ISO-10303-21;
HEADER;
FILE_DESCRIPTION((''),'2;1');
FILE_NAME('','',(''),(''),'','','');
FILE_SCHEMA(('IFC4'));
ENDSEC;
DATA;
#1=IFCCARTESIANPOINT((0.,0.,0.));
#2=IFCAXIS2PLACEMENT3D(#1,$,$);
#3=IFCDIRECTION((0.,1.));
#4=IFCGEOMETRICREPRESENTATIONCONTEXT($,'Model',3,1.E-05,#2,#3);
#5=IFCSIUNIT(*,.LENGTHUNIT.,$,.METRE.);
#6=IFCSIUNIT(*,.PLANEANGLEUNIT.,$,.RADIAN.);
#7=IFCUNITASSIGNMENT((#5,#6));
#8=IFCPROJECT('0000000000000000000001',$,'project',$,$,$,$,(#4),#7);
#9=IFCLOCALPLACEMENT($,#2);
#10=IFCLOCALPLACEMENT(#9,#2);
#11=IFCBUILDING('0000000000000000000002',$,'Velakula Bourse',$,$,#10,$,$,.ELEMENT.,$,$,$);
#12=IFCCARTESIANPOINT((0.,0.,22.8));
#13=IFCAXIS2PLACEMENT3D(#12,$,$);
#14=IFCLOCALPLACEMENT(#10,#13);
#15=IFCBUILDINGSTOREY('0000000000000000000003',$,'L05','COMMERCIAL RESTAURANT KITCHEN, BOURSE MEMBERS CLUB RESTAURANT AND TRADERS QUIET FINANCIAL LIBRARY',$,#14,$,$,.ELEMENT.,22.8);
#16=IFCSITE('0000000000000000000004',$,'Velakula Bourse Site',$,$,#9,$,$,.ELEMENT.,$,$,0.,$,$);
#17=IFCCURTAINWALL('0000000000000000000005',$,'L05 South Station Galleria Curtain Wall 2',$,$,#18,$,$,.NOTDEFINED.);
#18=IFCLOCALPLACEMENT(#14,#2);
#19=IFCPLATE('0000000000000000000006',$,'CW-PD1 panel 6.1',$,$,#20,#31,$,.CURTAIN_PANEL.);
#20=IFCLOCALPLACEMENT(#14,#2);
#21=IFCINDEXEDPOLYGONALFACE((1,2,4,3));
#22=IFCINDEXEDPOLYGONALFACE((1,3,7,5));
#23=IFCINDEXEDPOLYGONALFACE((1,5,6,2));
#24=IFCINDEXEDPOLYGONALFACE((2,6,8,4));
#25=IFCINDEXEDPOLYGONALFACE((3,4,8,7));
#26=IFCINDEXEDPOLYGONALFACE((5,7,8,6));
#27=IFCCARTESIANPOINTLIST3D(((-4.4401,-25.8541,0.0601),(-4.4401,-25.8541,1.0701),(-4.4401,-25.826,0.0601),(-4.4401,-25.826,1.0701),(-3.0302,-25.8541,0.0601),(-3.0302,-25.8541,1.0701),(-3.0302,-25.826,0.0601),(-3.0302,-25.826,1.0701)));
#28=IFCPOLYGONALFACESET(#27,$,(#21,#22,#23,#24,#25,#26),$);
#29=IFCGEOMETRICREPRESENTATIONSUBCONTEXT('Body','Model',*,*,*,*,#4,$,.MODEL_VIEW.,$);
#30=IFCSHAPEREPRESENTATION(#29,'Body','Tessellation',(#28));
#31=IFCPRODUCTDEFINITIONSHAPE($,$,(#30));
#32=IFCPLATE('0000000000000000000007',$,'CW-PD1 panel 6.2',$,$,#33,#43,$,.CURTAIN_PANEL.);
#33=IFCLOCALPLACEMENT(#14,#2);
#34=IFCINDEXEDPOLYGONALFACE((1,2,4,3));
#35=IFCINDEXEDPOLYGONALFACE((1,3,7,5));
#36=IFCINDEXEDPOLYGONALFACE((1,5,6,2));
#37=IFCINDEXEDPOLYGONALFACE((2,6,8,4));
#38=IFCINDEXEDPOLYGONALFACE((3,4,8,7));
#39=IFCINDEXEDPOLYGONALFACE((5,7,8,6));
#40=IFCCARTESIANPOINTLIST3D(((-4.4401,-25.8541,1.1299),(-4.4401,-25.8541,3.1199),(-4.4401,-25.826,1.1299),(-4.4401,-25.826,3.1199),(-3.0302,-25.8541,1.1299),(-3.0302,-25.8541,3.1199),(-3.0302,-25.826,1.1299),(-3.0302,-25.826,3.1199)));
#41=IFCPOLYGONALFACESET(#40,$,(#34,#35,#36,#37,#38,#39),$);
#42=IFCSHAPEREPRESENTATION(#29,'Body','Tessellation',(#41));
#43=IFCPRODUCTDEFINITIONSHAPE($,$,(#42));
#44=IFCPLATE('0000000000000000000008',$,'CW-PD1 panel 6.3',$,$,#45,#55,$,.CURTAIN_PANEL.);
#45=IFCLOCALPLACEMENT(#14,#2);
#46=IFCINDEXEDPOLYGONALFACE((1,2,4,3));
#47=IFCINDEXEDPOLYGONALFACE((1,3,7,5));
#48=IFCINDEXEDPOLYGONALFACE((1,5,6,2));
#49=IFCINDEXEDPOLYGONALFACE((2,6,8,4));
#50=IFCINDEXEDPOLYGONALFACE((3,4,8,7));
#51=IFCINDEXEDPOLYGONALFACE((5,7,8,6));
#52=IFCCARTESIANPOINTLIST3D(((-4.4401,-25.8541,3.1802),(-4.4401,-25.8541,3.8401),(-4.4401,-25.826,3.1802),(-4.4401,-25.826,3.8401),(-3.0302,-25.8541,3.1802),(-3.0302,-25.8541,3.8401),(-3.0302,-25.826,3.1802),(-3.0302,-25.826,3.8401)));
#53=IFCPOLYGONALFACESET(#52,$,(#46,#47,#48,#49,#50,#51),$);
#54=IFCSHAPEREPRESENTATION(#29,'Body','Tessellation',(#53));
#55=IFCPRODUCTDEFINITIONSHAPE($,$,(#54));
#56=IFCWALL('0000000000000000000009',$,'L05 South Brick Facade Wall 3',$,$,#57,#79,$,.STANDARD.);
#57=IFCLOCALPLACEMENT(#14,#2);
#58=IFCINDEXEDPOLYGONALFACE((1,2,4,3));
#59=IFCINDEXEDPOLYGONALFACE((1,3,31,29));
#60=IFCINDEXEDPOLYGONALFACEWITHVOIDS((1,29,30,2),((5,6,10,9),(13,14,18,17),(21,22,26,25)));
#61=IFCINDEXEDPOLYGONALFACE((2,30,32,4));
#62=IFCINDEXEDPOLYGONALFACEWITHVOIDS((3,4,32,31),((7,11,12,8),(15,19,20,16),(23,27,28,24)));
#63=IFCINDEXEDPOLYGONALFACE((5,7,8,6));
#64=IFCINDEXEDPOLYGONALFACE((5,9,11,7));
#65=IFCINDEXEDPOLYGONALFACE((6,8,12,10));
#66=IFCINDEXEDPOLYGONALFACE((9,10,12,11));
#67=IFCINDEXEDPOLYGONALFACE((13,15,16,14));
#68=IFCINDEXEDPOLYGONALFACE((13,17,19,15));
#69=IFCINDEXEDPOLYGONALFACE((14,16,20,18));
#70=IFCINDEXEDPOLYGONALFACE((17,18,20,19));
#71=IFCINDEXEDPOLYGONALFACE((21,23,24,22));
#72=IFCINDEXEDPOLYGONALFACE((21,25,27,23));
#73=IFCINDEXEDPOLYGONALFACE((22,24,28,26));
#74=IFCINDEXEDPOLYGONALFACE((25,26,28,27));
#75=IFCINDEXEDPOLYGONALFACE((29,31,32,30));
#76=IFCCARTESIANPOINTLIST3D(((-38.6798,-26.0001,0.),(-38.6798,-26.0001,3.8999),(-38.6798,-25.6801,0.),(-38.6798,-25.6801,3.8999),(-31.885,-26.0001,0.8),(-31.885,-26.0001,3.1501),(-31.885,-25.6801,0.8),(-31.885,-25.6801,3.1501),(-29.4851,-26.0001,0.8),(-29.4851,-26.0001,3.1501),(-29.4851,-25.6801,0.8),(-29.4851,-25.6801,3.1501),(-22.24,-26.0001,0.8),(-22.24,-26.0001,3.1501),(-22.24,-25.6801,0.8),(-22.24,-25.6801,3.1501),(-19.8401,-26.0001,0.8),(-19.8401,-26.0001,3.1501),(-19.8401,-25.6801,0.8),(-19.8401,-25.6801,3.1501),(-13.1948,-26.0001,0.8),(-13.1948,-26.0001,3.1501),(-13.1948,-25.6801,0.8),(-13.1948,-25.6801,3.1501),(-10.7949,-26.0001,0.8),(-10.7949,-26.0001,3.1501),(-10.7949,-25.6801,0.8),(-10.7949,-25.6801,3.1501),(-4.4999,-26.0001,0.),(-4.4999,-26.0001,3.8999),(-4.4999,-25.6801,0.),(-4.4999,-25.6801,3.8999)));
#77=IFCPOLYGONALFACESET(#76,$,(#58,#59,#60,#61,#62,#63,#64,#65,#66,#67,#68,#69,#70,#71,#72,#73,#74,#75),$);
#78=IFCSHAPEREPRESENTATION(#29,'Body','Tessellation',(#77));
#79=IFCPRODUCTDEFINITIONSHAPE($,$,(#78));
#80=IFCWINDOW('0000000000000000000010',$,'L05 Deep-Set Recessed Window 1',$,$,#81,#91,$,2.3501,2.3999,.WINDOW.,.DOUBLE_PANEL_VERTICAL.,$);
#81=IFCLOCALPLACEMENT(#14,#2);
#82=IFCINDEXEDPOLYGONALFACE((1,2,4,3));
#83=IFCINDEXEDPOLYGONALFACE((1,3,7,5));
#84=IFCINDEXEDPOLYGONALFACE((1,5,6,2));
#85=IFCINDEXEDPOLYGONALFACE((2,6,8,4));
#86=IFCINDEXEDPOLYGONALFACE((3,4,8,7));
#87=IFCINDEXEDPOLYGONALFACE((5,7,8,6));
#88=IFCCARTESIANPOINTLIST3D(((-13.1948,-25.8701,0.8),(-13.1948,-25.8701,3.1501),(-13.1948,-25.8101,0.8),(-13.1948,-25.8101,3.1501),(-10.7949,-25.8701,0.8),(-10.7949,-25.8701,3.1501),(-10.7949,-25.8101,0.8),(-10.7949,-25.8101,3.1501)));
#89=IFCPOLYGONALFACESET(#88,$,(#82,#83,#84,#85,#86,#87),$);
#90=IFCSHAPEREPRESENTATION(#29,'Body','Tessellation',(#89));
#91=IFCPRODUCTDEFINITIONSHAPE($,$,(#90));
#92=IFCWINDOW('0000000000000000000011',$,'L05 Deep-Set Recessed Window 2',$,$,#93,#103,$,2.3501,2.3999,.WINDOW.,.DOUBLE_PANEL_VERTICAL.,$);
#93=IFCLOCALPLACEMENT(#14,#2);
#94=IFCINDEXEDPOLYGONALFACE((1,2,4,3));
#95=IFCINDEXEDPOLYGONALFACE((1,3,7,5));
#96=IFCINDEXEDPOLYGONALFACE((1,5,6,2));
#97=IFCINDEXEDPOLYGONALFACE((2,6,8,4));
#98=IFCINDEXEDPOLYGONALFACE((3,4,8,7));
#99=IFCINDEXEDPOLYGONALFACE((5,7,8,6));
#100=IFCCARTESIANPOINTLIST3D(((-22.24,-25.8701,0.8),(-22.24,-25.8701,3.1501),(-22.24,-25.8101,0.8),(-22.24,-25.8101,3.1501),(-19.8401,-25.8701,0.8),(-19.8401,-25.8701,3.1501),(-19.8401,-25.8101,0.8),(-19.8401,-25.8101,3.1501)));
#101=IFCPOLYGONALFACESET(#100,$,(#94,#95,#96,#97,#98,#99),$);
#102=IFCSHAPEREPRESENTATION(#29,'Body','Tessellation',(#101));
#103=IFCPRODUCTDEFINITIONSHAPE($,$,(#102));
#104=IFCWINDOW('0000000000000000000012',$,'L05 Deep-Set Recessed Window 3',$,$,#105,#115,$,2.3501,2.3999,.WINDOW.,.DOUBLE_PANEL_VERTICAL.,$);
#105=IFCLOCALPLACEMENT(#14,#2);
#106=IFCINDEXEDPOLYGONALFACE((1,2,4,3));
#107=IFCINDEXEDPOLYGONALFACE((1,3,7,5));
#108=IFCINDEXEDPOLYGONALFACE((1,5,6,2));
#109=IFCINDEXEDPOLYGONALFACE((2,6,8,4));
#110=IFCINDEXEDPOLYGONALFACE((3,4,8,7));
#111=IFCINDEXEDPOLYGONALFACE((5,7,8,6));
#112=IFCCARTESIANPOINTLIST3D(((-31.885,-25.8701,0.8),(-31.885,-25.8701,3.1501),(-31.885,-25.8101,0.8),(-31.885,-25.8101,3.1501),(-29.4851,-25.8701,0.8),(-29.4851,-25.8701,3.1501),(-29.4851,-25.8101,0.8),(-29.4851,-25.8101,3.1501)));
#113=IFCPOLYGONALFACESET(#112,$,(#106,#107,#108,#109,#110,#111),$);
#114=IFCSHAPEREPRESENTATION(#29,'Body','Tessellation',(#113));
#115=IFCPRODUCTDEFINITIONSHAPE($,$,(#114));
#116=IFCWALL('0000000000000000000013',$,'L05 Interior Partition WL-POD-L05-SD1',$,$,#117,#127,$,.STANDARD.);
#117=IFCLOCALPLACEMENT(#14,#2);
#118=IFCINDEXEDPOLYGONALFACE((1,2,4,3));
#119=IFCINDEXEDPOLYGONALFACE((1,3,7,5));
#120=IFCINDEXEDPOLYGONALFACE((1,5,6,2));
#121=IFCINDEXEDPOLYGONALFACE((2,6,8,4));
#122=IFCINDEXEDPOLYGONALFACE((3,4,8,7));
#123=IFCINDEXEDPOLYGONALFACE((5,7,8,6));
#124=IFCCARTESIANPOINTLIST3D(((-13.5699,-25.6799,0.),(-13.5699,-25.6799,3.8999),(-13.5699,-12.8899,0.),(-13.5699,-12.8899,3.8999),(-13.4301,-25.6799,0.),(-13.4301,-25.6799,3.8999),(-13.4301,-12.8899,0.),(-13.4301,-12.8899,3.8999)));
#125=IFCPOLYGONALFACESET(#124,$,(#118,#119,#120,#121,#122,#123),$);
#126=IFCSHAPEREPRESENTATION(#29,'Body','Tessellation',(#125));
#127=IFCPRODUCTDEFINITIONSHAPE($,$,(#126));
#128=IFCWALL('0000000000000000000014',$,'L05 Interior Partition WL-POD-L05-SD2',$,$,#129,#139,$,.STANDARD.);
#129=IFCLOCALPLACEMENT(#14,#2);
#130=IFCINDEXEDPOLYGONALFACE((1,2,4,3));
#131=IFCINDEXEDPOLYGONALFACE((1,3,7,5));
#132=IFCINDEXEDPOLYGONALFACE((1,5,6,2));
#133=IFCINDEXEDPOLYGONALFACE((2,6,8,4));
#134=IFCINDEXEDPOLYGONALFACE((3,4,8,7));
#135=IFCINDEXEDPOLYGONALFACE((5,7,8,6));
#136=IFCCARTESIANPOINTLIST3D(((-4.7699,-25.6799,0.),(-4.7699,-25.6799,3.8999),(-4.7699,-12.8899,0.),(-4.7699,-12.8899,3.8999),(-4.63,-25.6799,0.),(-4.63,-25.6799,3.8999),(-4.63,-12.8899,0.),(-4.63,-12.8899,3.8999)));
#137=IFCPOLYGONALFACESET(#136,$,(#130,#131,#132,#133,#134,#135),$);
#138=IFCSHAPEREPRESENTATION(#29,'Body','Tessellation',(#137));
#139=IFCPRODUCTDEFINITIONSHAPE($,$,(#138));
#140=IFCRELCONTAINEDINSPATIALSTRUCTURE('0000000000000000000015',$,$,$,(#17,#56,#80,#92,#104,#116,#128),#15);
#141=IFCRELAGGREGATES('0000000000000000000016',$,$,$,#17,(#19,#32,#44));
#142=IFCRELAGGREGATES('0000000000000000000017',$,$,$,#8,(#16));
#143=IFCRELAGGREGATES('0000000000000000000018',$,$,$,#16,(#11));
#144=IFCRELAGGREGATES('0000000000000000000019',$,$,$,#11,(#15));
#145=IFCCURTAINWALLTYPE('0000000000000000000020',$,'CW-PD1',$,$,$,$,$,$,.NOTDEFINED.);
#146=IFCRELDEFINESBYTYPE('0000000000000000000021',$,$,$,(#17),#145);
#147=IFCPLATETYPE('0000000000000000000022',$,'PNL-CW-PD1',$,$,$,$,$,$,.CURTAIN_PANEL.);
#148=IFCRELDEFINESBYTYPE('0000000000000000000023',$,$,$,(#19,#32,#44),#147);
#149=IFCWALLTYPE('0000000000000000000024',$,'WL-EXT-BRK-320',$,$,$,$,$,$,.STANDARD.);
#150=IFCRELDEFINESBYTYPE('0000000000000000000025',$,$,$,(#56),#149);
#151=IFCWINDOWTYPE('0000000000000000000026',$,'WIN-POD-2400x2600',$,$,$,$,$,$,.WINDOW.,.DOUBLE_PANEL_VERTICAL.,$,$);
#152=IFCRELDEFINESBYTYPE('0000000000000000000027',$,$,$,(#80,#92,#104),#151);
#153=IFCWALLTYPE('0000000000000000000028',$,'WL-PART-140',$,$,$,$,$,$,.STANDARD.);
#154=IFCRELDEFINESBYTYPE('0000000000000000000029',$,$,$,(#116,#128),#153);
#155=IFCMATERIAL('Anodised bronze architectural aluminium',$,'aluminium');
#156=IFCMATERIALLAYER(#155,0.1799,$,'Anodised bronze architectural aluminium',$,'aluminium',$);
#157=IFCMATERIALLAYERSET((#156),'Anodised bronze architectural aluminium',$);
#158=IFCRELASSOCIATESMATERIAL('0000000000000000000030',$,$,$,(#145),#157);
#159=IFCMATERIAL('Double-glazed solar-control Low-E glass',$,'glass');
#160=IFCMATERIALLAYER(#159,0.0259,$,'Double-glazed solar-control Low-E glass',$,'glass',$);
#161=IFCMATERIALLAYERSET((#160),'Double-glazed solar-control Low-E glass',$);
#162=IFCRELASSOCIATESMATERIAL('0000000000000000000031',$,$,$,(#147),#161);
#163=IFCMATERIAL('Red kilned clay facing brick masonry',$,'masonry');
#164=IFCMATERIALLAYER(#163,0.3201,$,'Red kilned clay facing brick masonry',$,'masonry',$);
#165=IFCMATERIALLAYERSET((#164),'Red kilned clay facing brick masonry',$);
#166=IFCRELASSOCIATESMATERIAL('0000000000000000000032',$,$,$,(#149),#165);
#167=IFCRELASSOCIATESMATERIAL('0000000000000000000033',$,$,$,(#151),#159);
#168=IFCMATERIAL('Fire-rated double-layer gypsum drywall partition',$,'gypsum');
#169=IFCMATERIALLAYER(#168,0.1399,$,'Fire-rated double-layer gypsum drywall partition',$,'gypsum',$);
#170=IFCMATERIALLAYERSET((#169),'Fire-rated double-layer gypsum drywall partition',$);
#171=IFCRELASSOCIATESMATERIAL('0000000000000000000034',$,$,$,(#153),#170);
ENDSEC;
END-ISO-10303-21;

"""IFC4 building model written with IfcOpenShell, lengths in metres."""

from ifc_helpers import new_model, si_unit, direction, frame, frame_2d, origin, origin_2d, place, context, subcontext, project, spatial, rectangle, extrude, material, layer, layer_set, type_object, element, fill, aggregate, save


model = new_model("IFC4")

# Units and contexts
model_context = context("Model", 3, precision=1e-05, world=origin(), true_north=direction((0.0, 1.0)))
body_context = subcontext(model_context, "Body", "Model", "MODEL_VIEW")
ifc_project = project(units=[si_unit("LENGTHUNIT", "METRE"), si_unit("PLANEANGLEUNIT", "RADIAN")], contexts=[model_context])

# Site, building, storey
site_placement = place(None, origin())
site = spatial("IfcSite", under=ifc_project, at=site_placement, Name="Velakula Bourse Site", CompositionType="ELEMENT", RefElevation=0.0)
building_placement = place(site_placement, origin())
building = spatial("IfcBuilding", under=site, at=building_placement, Name="Velakula Bourse", CompositionType="ELEMENT")
storey_placement = place(building_placement, frame((0.0, 0.0, 22.8)))
storey = spatial("IfcBuildingStorey", under=building, at=storey_placement, Name="L05", Description="COMMERCIAL RESTAURANT KITCHEN, BOURSE MEMBERS CLUB RESTAURANT AND TRADERS QUIET FINANCIAL LIBRARY", CompositionType="ELEMENT", Elevation=22.8)

# Curtain wall, plates
ifc_material_1 = material(Name="Anodised bronze architectural aluminium", Category="aluminium")
ifc_layer_1 = layer(ifc_material_1, 0.1799, Name="Anodised bronze architectural aluminium", Category="aluminium")
ifc_layer_set_1 = layer_set([ifc_layer_1], Name="Anodised bronze architectural aluminium")
curtain_wall_type = type_object("IfcCurtainWallType", Name="CW-PD1", PredefinedType="NOTDEFINED", material=ifc_layer_set_1)
curtain_wall_placement = place(storey_placement, origin())
curtain_wall = element("IfcCurtainWall", 1, at=curtain_wall_placement, inside=storey, type_object=curtain_wall_type, Name="L05 South Station Galleria Curtain Wall 2", PredefinedType="NOTDEFINED")
ifc_material_2 = material(Name="Double-glazed solar-control Low-E glass", Category="glass")
ifc_layer_2 = layer(ifc_material_2, 0.0259, Name="Double-glazed solar-control Low-E glass", Category="glass")
ifc_layer_set_2 = layer_set([ifc_layer_2], Name="Double-glazed solar-control Low-E glass")
plate_type = type_object("IfcPlateType", Name="PNL-CW-PD1", PredefinedType="CURTAIN_PANEL", material=ifc_layer_set_2)
plate_1_placement = place(storey_placement, frame((-3.7351, -25.8401, 0.0601), z_axis=(0.0, 0.0, 1.0), x_axis=(-1.0, 0.0, 0.0)))
plate_1 = element("IfcPlate", 2, at=plate_1_placement, type_object=plate_type, Name="CW-PD1 panel 6.1", PredefinedType="CURTAIN_PANEL", context=body_context, shape_type="SweptSolid", body=[
    extrude(rectangle(XDim=1.4099, YDim=0.0281, at=origin_2d()), origin(), (0.0, 0.0, 1.0), 1.01),
])
plate_2_placement = place(storey_placement, frame((-3.7351, -25.8401, 1.1299), z_axis=(0.0, 0.0, 1.0), x_axis=(-1.0, 0.0, 0.0)))
plate_2 = element("IfcPlate", 3, at=plate_2_placement, type_object=plate_type, Name="CW-PD1 panel 6.2", PredefinedType="CURTAIN_PANEL", context=body_context, shape_type="SweptSolid", body=[
    extrude(rectangle(XDim=1.4099, YDim=0.0281, at=origin_2d()), origin(), (0.0, 0.0, 1.0), 1.99),
])
plate_3_placement = place(storey_placement, frame((-3.7351, -25.8401, 3.1802), z_axis=(0.0, 0.0, 1.0), x_axis=(-1.0, 0.0, 0.0)))
plate_3 = element("IfcPlate", 4, at=plate_3_placement, type_object=plate_type, Name="CW-PD1 panel 6.3", PredefinedType="CURTAIN_PANEL", context=body_context, shape_type="SweptSolid", body=[
    extrude(rectangle(XDim=1.4099, YDim=0.0281, at=origin_2d()), origin(), (0.0, 0.0, 1.0), 0.6599),
])
aggregate(curtain_wall, [plate_1, plate_2, plate_3])

# Wall, openings, windows
ifc_material_3 = material(Name="Red kilned clay facing brick masonry", Category="masonry")
ifc_layer_3 = layer(ifc_material_3, 0.3201, Name="Red kilned clay facing brick masonry", Category="masonry")
ifc_layer_set_3 = layer_set([ifc_layer_3], Name="Red kilned clay facing brick masonry")
wall_type_1 = type_object("IfcWallType", Name="WL-EXT-BRK-320", PredefinedType="STANDARD", material=ifc_layer_set_3)
wall_placement = place(storey_placement, frame((-4.5, -25.8401, 0.0), z_axis=(0.0, 0.0, 1.0), x_axis=(-1.0, 0.0, 0.0)))
wall = element("IfcWall", 5, at=wall_placement, inside=storey, type_object=wall_type_1, Name="L05 South Brick Facade Wall 3", PredefinedType="STANDARD", context=body_context, shape_type="SweptSolid", body=[
    extrude(rectangle(XDim=34.1799, YDim=0.3201, at=frame_2d((17.0898, 0.0))), origin(), (0.0, 0.0, 1.0), 3.8999),
])
opening_1_placement = place(wall_placement, frame((6.2949, 0.0, 0.8)))
opening_1 = element("IfcOpeningElement", 6, at=opening_1_placement, cuts=wall, PredefinedType="OPENING", context=body_context, shape_type="SweptSolid", body=[
    extrude(rectangle(XDim=2.3999, YDim=2.3501, at=frame_2d((1.2, 1.175))), frame((0.0, 0.1699, 0.0), z_axis=(0.0, -1.0, 0.0), x_axis=(1.0, 0.0, 0.0)), (0.0, 0.0, 1.0), 0.3401),
])
opening_2_placement = place(wall_placement, frame((15.3401, 0.0, 0.8)))
opening_2 = element("IfcOpeningElement", 7, at=opening_2_placement, cuts=wall, PredefinedType="OPENING", context=body_context, shape_type="SweptSolid", body=[
    extrude(rectangle(XDim=2.3999, YDim=2.3501, at=frame_2d((1.2, 1.175))), frame((0.0, 0.1699, 0.0), z_axis=(0.0, -1.0, 0.0), x_axis=(1.0, 0.0, 0.0)), (0.0, 0.0, 1.0), 0.3401),
])
opening_3_placement = place(wall_placement, frame((24.9851, 0.0, 0.8)))
opening_3 = element("IfcOpeningElement", 8, at=opening_3_placement, cuts=wall, PredefinedType="OPENING", context=body_context, shape_type="SweptSolid", body=[
    extrude(rectangle(XDim=2.3999, YDim=2.3501, at=frame_2d((1.2, 1.175))), frame((0.0, 0.1699, 0.0), z_axis=(0.0, -1.0, 0.0), x_axis=(1.0, 0.0, 0.0)), (0.0, 0.0, 1.0), 0.3401),
])
window_type = type_object("IfcWindowType", Name="WIN-POD-2400x2600", PartitioningType="DOUBLE_PANEL_VERTICAL", PredefinedType="WINDOW", material=ifc_material_2)
window_1_placement = place(opening_1_placement, origin())
window_1 = element("IfcWindow", 9, at=window_1_placement, inside=storey, type_object=window_type, Name="L05 Deep-Set Recessed Window 1", OverallHeight=2.3501, OverallWidth=2.3999, PartitioningType="DOUBLE_PANEL_VERTICAL", PredefinedType="WINDOW", context=body_context, shape_type="SweptSolid", body=[
    extrude(rectangle(XDim=2.3999, YDim=2.3501, at=frame_2d((1.2, 1.175))), frame((0.0, 0.03, 0.0), z_axis=(0.0, -1.0, 0.0), x_axis=(1.0, 0.0, 0.0)), (0.0, 0.0, 1.0), 0.0601),
])
fill(opening_1, window_1)
window_2_placement = place(opening_2_placement, origin())
window_2 = element("IfcWindow", 10, at=window_2_placement, inside=storey, type_object=window_type, Name="L05 Deep-Set Recessed Window 2", OverallHeight=2.3501, OverallWidth=2.3999, PartitioningType="DOUBLE_PANEL_VERTICAL", PredefinedType="WINDOW", context=body_context, shape_type="SweptSolid", body=[
    extrude(rectangle(XDim=2.3999, YDim=2.3501, at=frame_2d((1.2, 1.175))), frame((0.0, 0.03, 0.0), z_axis=(0.0, -1.0, 0.0), x_axis=(1.0, 0.0, 0.0)), (0.0, 0.0, 1.0), 0.0601),
])
fill(opening_2, window_2)
window_3_placement = place(opening_3_placement, origin())
window_3 = element("IfcWindow", 11, at=window_3_placement, inside=storey, type_object=window_type, Name="L05 Deep-Set Recessed Window 3", OverallHeight=2.3501, OverallWidth=2.3999, PartitioningType="DOUBLE_PANEL_VERTICAL", PredefinedType="WINDOW", context=body_context, shape_type="SweptSolid", body=[
    extrude(rectangle(XDim=2.3999, YDim=2.3501, at=frame_2d((1.2, 1.175))), frame((0.0, 0.03, 0.0), z_axis=(0.0, -1.0, 0.0), x_axis=(1.0, 0.0, 0.0)), (0.0, 0.0, 1.0), 0.0601),
])
fill(opening_3, window_3)

# Walls
ifc_material_4 = material(Name="Fire-rated double-layer gypsum drywall partition", Category="gypsum")
ifc_layer_4 = layer(ifc_material_4, 0.1399, Name="Fire-rated double-layer gypsum drywall partition", Category="gypsum")
ifc_layer_set_4 = layer_set([ifc_layer_4], Name="Fire-rated double-layer gypsum drywall partition")
wall_type_2 = type_object("IfcWallType", Name="WL-PART-140", PredefinedType="STANDARD", material=ifc_layer_set_4)
for number, where, z_axis, x_axis, name in (
    (12, (-13.5, -25.6799, 0.0), (0.0, 0.0, 1.0), (0.0, 1.0, 0.0), "L05 Interior Partition WL-POD-L05-SD1"),
    (13, (-4.7, -25.6799, 0.0), (0.0, 0.0, 1.0), (0.0, 1.0, 0.0), "L05 Interior Partition WL-POD-L05-SD2"),
):
    element("IfcWall", number, at=place(storey_placement, frame(where, z_axis=z_axis, x_axis=x_axis)), inside=storey, type_object=wall_type_2, Name=name, PredefinedType="STANDARD", context=body_context, shape_type="SweptSolid", body=[
        extrude(rectangle(XDim=12.79, YDim=0.1399, at=frame_2d((6.395, 0.0))), origin(), (0.0, 0.0, 1.0), 3.8999),
    ])

save(model, "model.ifc")
